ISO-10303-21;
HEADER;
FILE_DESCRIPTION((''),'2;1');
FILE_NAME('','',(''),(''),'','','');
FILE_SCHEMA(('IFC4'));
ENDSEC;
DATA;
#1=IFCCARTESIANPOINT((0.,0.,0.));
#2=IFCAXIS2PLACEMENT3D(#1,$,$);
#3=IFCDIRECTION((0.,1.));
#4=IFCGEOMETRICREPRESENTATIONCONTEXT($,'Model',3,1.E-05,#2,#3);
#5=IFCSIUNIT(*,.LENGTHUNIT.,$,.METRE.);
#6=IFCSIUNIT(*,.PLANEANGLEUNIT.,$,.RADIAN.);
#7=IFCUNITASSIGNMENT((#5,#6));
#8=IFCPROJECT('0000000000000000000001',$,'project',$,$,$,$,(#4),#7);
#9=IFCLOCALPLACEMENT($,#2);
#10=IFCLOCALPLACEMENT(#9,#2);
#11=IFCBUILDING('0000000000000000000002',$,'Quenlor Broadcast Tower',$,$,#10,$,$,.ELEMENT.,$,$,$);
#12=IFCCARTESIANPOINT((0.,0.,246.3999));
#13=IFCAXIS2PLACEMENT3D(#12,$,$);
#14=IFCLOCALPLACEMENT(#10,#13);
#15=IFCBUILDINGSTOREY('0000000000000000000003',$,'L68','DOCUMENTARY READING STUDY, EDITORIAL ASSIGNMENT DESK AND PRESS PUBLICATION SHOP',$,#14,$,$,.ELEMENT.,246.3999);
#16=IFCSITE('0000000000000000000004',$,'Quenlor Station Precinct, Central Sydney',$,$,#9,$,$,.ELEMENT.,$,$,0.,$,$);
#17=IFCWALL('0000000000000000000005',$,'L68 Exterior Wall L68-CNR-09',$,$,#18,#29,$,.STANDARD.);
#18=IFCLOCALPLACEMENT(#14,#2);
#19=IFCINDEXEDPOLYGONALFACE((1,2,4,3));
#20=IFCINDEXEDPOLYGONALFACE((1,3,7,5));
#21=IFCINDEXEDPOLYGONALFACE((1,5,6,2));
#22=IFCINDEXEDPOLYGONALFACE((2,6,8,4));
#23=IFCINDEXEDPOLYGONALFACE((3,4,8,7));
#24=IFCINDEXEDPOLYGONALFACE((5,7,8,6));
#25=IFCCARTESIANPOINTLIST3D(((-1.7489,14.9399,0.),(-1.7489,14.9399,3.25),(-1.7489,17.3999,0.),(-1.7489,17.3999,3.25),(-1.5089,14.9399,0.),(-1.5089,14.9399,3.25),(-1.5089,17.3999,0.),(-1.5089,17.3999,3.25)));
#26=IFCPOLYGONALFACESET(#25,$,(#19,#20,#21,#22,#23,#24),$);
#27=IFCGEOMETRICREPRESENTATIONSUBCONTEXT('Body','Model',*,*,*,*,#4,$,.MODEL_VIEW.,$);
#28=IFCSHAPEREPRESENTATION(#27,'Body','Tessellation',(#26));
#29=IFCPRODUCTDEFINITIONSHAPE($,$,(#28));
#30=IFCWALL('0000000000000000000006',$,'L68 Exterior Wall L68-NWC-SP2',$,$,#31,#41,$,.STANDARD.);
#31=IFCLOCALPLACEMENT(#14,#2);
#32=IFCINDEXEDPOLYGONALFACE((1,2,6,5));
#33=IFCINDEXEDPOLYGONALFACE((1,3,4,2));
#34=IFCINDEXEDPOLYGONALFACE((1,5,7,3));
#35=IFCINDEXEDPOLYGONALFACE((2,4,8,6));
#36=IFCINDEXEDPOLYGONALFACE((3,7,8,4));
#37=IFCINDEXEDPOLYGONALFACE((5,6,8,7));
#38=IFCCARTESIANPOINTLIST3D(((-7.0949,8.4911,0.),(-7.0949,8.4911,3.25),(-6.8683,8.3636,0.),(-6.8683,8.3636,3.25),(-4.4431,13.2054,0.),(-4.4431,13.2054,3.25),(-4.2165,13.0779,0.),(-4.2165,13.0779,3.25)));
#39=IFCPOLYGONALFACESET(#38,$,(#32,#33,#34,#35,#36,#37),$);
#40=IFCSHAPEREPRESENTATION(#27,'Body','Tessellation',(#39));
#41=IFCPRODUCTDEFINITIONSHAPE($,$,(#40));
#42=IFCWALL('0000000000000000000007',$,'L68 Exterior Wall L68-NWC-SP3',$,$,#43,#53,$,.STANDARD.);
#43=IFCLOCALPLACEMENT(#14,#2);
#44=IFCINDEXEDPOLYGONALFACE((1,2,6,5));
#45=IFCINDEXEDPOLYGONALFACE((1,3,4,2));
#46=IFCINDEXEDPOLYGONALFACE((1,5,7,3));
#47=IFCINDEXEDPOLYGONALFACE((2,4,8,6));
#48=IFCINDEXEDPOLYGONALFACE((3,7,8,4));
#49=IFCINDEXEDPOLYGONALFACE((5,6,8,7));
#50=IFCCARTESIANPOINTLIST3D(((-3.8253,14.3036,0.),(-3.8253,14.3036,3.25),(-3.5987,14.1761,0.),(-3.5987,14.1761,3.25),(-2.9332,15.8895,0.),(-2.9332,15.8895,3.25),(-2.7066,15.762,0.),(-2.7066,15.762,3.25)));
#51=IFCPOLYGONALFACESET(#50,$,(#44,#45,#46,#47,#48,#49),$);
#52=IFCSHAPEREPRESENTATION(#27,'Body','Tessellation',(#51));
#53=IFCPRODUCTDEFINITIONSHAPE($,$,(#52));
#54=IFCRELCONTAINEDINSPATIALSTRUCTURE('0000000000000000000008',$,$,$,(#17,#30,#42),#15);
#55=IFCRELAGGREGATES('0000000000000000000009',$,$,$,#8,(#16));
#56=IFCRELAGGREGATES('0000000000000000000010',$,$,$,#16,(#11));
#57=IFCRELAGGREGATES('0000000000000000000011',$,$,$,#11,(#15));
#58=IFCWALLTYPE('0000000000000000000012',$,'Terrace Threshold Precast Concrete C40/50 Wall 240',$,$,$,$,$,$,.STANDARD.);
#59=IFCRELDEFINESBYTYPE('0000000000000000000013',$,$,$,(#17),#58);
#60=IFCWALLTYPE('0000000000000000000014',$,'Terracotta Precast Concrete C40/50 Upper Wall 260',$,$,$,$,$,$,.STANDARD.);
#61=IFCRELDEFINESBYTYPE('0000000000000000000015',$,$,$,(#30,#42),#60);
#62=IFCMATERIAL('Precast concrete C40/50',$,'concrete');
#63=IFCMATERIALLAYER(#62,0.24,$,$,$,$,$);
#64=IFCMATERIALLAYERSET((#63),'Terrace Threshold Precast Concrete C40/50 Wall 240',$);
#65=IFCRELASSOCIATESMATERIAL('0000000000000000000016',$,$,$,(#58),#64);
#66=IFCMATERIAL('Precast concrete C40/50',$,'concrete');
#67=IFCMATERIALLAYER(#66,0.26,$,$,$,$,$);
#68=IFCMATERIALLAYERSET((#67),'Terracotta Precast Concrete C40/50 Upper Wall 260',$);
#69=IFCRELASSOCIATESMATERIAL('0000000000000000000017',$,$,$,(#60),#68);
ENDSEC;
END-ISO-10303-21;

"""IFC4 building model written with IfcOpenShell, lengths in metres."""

from ifc_helpers import new_model, si_unit, direction, frame, frame_2d, origin, place, context, subcontext, project, spatial, rectangle, extrude, material, layer, layer_set, type_object, element, save


model = new_model("IFC4")

# Units and contexts
model_context = context("Model", 3, precision=1e-05, world=origin(), true_north=direction((0.0, 1.0)))
body_context = subcontext(model_context, "Body", "Model", "MODEL_VIEW")
ifc_project = project(units=[si_unit("LENGTHUNIT", "METRE"), si_unit("PLANEANGLEUNIT", "RADIAN")], contexts=[model_context])

# Site, building, storey
site_placement = place(None, origin())
site = spatial("IfcSite", under=ifc_project, at=site_placement, Name="Quenlor Station Precinct, Central Sydney", CompositionType="ELEMENT", RefElevation=0.0)
building_placement = place(site_placement, origin())
building = spatial("IfcBuilding", under=site, at=building_placement, Name="Quenlor Broadcast Tower", CompositionType="ELEMENT")
storey_placement = place(building_placement, frame((0.0, 0.0, 246.3999)))
storey = spatial("IfcBuildingStorey", under=building, at=storey_placement, Name="L68", Description="DOCUMENTARY READING STUDY, EDITORIAL ASSIGNMENT DESK AND PRESS PUBLICATION SHOP", CompositionType="ELEMENT", Elevation=246.3999)

# Walls
ifc_material_1 = material(Name="Precast concrete C40/50", Category="concrete")
ifc_layer_1 = layer(ifc_material_1, 0.24)
ifc_layer_set_1 = layer_set([ifc_layer_1], Name="Terrace Threshold Precast Concrete C40/50 Wall 240")
wall_type_1 = type_object("IfcWallType", Name="Terrace Threshold Precast Concrete C40/50 Wall 240", PredefinedType="STANDARD", material=ifc_layer_set_1)
wall_1_placement = place(storey_placement, frame((-1.6289, 14.9399, 0.0), z_axis=(0.0, 0.0, 1.0), x_axis=(0.0, 1.0, 0.0)))
element("IfcWall", 1, at=wall_1_placement, inside=storey, type_object=wall_type_1, Name="L68 Exterior Wall L68-CNR-09", PredefinedType="STANDARD", context=body_context, shape_type="SweptSolid", body=[
    extrude(rectangle(XDim=2.46, YDim=0.24, at=frame_2d((1.23, 0.0))), origin(), (0.0, 0.0, 1.0), 3.25),
])
ifc_material_2 = material(Name="Precast concrete C40/50", Category="concrete")
ifc_layer_2 = layer(ifc_material_2, 0.26)
ifc_layer_set_2 = layer_set([ifc_layer_2], Name="Terracotta Precast Concrete C40/50 Upper Wall 260")
wall_type_2 = type_object("IfcWallType", Name="Terracotta Precast Concrete C40/50 Upper Wall 260", PredefinedType="STANDARD", material=ifc_layer_set_2)
wall_2_placement = place(storey_placement, frame((-6.9817, 8.4272, 0.0), z_axis=(0.0, 0.0, 1.0), x_axis=(0.490266, 0.871573, 0.0)))
element("IfcWall", 2, at=wall_2_placement, inside=storey, type_object=wall_type_2, Name="L68 Exterior Wall L68-NWC-SP2", PredefinedType="STANDARD", context=body_context, shape_type="SweptSolid", body=[
    extrude(rectangle(XDim=5.4089, YDim=0.26, at=frame_2d((2.7046, 0.0))), origin(), (0.0, 0.0, 1.0), 3.25),
])
wall_3_placement = place(storey_placement, frame((-3.7119, 14.24, 0.0), z_axis=(0.0, 0.0, 1.0), x_axis=(0.490261, 0.871576, 0.0)))
element("IfcWall", 3, at=wall_3_placement, inside=storey, type_object=wall_type_2, Name="L68 Exterior Wall L68-NWC-SP3", PredefinedType="STANDARD", context=body_context, shape_type="SweptSolid", body=[
    extrude(rectangle(XDim=1.8196, YDim=0.26, at=frame_2d((0.9097, 0.0))), origin(), (0.0, 0.0, 1.0), 3.25),
])

save(model, "model.ifc")
